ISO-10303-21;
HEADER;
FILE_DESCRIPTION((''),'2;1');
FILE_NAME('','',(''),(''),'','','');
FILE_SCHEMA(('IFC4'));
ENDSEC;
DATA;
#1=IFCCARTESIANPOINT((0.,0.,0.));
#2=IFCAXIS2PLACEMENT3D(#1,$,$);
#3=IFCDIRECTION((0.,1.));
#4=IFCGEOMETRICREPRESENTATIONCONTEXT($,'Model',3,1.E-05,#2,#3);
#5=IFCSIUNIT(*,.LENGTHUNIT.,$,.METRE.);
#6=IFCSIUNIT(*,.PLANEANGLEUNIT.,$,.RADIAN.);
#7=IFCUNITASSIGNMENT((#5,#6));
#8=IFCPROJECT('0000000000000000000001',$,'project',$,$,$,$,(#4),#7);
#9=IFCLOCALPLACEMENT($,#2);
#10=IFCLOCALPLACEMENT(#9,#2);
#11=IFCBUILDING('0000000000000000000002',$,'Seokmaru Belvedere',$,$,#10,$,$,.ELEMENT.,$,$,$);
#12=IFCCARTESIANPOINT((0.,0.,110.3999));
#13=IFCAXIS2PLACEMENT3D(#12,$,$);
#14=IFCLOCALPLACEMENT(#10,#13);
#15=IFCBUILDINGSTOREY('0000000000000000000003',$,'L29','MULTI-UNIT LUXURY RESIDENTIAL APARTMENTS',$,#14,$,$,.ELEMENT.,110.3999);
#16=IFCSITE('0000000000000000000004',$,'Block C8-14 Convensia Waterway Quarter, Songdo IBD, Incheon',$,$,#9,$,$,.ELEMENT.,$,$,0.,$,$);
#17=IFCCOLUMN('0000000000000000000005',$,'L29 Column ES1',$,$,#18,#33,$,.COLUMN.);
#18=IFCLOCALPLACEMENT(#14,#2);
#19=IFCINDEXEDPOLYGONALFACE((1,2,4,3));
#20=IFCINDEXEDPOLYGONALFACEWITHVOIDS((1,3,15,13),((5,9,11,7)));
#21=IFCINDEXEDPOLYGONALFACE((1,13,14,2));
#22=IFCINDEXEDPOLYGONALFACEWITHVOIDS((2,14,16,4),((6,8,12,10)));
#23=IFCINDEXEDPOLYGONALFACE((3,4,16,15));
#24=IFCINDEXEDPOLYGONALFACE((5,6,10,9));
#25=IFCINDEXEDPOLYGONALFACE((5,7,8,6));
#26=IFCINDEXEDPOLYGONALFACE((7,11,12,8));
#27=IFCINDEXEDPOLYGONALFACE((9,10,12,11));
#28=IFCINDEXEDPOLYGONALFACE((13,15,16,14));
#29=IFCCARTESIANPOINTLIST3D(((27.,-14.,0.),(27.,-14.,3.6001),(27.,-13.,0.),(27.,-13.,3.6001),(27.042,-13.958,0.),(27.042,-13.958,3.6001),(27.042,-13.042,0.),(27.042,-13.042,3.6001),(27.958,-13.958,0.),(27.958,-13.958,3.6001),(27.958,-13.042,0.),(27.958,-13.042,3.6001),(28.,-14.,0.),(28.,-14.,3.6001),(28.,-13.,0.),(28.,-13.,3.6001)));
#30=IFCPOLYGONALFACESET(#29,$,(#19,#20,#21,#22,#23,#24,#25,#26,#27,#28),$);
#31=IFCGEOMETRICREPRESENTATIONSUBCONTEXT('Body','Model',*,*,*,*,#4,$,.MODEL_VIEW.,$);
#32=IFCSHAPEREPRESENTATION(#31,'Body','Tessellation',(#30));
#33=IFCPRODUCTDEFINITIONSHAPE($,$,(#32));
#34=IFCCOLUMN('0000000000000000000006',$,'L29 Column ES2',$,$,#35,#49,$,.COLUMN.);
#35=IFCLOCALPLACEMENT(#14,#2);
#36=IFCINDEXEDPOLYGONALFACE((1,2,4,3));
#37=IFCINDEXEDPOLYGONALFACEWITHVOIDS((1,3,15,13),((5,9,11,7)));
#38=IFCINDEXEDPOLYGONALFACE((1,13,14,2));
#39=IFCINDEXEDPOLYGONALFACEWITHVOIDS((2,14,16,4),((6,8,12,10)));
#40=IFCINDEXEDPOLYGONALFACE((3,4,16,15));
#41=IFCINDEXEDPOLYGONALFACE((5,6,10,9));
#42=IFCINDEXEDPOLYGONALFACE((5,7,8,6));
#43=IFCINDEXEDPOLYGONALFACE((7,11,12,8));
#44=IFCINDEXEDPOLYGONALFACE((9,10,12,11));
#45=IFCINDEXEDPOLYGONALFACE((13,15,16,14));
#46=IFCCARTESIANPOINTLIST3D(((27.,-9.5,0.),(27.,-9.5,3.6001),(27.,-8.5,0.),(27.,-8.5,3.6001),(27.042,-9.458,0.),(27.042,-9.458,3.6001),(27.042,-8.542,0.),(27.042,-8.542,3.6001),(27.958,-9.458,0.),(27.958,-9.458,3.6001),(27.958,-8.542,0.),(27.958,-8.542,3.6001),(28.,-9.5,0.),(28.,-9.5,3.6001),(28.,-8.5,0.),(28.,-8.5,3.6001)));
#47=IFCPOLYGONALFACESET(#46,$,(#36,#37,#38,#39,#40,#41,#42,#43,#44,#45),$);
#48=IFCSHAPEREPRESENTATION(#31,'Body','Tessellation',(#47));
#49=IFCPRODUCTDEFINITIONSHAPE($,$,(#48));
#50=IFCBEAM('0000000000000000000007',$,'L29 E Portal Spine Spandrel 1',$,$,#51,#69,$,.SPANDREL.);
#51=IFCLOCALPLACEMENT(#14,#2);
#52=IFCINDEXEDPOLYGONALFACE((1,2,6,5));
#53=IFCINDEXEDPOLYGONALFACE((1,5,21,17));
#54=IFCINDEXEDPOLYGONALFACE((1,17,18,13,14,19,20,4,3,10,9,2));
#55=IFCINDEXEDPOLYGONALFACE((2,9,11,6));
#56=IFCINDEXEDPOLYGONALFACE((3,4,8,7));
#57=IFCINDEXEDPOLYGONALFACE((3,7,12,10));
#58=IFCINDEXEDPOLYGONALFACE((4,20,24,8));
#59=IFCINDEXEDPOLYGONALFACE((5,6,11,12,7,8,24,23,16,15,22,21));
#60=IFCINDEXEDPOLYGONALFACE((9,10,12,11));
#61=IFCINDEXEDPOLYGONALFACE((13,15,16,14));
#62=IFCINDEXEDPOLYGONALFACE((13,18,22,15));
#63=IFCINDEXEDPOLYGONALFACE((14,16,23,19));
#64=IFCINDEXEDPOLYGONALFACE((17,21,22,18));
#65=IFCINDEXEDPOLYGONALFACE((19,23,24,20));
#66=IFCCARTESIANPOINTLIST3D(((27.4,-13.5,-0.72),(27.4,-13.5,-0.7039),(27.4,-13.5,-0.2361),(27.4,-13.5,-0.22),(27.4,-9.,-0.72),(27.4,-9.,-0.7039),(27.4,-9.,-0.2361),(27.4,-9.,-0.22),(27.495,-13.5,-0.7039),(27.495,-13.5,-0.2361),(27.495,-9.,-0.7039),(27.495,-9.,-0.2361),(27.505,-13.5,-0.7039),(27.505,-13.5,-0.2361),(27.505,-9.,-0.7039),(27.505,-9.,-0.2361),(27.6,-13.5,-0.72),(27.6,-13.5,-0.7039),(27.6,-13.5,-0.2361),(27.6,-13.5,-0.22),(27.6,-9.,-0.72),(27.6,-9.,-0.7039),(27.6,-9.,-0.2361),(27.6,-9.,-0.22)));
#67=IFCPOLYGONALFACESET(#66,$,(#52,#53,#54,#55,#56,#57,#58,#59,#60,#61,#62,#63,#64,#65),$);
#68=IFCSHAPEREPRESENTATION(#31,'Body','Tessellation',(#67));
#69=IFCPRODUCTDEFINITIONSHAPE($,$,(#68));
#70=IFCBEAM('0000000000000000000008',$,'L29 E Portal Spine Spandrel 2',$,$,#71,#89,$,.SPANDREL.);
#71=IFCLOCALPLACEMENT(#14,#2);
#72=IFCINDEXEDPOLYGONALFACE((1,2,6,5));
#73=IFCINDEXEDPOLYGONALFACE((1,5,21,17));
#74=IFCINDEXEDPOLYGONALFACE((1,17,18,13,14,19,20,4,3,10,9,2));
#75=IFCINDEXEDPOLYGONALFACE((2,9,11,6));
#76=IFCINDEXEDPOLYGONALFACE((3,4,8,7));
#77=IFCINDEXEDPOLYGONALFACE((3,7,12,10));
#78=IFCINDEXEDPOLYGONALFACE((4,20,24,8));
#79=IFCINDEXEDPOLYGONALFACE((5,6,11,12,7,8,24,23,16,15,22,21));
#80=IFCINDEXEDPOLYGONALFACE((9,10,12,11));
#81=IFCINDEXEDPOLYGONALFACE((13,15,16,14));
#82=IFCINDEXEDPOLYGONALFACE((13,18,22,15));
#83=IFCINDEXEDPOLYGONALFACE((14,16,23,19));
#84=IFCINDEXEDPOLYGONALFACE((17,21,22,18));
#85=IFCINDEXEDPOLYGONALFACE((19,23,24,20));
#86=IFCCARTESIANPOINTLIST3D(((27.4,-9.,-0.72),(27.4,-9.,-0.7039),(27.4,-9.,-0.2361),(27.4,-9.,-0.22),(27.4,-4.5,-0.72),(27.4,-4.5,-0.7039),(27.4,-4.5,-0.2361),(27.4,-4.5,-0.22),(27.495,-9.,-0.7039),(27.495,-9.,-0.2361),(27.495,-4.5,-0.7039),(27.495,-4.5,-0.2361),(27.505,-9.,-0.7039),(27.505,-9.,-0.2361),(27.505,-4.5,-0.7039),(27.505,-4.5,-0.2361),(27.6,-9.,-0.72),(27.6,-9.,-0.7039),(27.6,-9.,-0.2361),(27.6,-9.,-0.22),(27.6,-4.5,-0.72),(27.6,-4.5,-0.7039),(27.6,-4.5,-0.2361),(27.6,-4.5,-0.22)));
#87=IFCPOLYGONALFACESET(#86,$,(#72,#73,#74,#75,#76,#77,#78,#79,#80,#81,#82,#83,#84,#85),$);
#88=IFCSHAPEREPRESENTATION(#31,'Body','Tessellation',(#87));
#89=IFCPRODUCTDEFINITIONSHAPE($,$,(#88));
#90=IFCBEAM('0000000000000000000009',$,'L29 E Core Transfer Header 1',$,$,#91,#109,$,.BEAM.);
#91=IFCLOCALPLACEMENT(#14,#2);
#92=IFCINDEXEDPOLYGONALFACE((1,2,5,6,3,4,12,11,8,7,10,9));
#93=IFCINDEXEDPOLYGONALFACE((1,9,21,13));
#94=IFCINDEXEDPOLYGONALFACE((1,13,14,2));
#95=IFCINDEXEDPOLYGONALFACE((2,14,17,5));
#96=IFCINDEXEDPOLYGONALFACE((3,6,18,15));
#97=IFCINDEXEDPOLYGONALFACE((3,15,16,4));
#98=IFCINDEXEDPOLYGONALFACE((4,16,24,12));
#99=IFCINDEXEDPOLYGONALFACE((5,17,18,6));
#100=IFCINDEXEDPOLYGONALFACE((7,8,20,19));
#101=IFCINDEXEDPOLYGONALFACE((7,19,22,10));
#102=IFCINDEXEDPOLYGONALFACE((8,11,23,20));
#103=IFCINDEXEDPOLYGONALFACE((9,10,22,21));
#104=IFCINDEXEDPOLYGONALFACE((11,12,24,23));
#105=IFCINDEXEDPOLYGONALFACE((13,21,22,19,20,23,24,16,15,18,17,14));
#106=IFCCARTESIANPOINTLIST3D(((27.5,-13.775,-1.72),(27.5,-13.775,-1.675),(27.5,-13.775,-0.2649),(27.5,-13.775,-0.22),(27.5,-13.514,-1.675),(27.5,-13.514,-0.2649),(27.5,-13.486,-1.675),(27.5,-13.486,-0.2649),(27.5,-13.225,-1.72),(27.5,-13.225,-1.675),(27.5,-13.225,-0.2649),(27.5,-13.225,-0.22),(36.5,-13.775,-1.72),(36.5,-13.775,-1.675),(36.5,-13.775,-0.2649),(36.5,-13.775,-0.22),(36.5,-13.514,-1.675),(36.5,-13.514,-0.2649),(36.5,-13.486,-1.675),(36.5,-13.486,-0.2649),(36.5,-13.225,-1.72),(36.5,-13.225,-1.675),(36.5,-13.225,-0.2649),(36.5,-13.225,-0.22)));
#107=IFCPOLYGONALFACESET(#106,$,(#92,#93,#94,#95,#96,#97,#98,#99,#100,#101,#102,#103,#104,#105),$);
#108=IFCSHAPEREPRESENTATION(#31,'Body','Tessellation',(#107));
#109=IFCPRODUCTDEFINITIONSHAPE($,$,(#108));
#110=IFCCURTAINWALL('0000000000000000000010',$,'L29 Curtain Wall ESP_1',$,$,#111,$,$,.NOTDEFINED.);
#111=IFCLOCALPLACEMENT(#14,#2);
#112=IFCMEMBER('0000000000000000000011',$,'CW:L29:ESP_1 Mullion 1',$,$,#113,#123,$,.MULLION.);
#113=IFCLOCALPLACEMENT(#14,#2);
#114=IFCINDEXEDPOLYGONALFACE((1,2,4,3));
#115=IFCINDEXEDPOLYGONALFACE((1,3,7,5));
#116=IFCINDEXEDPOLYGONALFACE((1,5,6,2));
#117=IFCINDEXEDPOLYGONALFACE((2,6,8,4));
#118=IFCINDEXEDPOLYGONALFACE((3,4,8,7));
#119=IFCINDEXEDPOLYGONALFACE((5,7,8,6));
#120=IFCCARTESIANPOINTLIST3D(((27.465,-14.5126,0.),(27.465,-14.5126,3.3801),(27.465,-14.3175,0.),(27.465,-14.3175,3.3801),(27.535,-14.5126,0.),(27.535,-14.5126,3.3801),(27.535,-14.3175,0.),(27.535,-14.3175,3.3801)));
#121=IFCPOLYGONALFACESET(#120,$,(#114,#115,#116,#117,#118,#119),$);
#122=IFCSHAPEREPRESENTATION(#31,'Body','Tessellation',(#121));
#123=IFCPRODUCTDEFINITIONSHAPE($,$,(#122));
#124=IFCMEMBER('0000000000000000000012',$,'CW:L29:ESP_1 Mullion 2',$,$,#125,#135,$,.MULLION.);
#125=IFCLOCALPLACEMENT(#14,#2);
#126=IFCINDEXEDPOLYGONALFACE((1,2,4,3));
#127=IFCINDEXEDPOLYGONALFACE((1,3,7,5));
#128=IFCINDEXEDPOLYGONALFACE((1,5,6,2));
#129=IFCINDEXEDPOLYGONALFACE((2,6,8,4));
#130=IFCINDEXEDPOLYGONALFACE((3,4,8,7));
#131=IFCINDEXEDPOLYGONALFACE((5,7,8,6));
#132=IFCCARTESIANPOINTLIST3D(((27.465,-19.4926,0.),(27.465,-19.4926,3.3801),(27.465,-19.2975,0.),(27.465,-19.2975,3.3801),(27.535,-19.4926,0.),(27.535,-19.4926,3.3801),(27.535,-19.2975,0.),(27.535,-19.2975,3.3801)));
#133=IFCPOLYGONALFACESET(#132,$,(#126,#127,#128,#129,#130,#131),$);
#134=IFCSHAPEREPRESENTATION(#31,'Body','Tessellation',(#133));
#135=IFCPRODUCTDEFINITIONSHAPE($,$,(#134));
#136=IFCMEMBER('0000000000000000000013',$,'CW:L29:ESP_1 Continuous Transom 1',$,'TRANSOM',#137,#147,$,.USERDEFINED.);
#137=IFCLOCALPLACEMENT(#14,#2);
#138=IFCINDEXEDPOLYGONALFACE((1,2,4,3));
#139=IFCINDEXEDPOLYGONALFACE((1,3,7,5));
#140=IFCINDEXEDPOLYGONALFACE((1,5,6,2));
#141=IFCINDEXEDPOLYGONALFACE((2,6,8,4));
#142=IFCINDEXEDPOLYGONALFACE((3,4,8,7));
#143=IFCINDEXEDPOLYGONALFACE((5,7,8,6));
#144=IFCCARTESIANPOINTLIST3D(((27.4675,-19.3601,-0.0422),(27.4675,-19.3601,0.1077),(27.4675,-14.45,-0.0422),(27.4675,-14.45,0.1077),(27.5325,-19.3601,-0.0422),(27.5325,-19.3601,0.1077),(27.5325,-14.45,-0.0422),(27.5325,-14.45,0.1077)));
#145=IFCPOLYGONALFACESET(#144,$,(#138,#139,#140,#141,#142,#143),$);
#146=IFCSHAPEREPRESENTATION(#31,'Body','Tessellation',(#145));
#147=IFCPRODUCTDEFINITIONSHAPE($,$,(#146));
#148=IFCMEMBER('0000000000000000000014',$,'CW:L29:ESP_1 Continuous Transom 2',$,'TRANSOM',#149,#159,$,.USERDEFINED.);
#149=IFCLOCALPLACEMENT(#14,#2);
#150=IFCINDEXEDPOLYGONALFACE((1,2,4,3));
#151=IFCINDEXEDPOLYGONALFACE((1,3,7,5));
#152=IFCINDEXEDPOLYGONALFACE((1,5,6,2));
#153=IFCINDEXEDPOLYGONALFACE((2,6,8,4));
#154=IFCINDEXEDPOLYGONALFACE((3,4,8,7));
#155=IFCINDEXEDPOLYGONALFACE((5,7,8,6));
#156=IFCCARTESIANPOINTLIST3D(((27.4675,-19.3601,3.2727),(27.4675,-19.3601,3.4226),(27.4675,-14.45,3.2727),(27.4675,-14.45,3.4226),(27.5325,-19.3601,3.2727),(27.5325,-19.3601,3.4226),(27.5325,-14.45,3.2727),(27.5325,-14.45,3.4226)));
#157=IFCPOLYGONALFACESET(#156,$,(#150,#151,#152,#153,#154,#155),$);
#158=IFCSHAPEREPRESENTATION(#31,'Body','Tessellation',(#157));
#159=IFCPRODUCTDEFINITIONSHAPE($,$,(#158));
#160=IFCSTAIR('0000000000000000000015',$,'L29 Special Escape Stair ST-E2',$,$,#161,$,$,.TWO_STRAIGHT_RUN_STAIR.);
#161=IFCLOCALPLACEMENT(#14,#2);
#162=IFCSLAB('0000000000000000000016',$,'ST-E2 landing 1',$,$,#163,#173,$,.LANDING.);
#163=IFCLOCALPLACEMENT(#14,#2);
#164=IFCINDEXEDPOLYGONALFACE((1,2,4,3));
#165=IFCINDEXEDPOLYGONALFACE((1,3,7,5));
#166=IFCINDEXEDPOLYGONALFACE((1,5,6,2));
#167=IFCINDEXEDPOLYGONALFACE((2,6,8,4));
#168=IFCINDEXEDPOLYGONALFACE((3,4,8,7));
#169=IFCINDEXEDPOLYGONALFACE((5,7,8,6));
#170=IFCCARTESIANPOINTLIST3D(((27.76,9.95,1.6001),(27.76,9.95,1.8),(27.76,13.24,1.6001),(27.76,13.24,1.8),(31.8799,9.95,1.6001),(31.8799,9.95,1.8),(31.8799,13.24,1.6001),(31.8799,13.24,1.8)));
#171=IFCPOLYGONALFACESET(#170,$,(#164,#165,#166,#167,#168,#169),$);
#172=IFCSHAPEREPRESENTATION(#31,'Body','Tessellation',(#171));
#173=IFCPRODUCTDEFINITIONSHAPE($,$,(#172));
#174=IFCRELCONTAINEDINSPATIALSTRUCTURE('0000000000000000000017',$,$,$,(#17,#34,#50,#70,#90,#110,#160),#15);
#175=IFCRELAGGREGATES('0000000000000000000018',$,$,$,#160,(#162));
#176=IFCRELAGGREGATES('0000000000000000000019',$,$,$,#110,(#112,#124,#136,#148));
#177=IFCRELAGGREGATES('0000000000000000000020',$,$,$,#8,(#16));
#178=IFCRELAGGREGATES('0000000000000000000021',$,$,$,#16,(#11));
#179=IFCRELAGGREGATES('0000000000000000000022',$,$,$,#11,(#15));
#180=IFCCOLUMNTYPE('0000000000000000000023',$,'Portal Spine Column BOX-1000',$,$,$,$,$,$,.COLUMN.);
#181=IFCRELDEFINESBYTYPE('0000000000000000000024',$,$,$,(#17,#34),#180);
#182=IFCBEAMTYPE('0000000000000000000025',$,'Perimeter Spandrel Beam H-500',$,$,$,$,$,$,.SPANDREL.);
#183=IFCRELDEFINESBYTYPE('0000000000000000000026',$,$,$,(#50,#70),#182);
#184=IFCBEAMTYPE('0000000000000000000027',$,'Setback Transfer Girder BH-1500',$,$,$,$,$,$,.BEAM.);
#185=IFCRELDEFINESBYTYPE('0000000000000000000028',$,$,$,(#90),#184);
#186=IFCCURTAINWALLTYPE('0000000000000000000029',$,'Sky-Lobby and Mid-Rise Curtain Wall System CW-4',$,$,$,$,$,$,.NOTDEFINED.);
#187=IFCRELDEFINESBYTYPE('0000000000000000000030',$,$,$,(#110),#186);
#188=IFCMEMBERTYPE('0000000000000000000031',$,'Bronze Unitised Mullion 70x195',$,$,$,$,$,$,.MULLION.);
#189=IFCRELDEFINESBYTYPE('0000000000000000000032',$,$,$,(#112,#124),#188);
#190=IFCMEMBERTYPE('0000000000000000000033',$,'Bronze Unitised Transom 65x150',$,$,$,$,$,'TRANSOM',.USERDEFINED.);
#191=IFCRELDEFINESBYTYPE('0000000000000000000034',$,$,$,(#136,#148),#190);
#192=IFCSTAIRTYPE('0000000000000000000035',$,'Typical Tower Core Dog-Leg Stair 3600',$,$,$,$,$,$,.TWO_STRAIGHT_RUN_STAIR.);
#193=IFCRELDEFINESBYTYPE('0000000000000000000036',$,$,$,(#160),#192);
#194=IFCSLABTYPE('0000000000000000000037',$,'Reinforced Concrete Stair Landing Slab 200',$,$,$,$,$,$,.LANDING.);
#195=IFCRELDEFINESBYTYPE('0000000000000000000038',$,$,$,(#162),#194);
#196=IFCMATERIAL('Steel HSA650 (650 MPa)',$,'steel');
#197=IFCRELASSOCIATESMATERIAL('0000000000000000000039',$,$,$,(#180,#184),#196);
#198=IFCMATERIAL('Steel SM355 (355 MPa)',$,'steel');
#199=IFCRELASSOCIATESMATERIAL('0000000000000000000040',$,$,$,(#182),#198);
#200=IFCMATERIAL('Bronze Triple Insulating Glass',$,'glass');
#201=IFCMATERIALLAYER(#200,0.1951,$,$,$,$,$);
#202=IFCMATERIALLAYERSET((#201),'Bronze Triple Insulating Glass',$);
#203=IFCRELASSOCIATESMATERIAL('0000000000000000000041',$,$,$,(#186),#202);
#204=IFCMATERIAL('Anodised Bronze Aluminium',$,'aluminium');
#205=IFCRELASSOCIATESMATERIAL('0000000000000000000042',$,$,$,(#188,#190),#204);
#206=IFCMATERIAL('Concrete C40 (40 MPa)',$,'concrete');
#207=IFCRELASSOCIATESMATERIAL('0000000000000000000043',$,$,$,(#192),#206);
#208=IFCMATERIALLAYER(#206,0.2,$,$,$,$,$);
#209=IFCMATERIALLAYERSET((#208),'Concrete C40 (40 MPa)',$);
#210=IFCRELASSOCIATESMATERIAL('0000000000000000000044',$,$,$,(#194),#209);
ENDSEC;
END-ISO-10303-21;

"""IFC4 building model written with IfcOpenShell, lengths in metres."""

from ifc_helpers import new_model, si_unit, direction, frame, origin, origin_2d, place, context, subcontext, project, spatial, polyline, rectangle, hollow_rectangle, i_section, outline, extrude, source, transform, mapped, material, layer, layer_set, material_profile, profile_set, type_object, type_shapes, element, aggregate, save


model = new_model("IFC4")

# Units and contexts
model_context = context("Model", 3, precision=1e-05, world=origin(), true_north=direction((0.0, 1.0)))
body_context = subcontext(model_context, "Body", "Model", "MODEL_VIEW")
ifc_project = project(units=[si_unit("LENGTHUNIT", "METRE"), si_unit("PLANEANGLEUNIT", "RADIAN")], contexts=[model_context])

# Site, building, storey
site_placement = place(None, origin())
site = spatial("IfcSite", under=ifc_project, at=site_placement, Name="Block C8-14 Convensia Waterway Quarter, Songdo IBD, Incheon", CompositionType="ELEMENT", RefElevation=0.0)
building_placement = place(site_placement, origin())
building = spatial("IfcBuilding", under=site, at=building_placement, Name="Seokmaru Belvedere", CompositionType="ELEMENT")
storey_placement = place(building_placement, frame((0.0, 0.0, 110.3999)))
storey = spatial("IfcBuildingStorey", under=building, at=storey_placement, Name="L29", Description="MULTI-UNIT LUXURY RESIDENTIAL APARTMENTS", CompositionType="ELEMENT", Elevation=110.3999)

# Columns
ifc_material_1 = material(Name="Steel HSA650 (650 MPa)", Category="steel")
ifc_material_profile_1 = material_profile(ifc_material_1, hollow_rectangle(XDim=1.0, YDim=1.0, WallThickness=0.042, at=origin_2d()), Name="BOX-1000x1000x42")
ifc_profile_set_1 = profile_set([ifc_material_profile_1], Name="Steel HSA650 (650 MPa)")
column_type = type_object("IfcColumnType", Name="Portal Spine Column BOX-1000", PredefinedType="COLUMN", material=ifc_profile_set_1)
shared_shape_1 = source(origin(), body_context, "Body", "SweptSolid", [
    extrude(hollow_rectangle(XDim=1.0, YDim=1.0, WallThickness=0.042, at=origin_2d()), origin(), (0.0, 0.0, 1.0), 3.6001),
])
type_shapes(column_type, [shared_shape_1])
for number, where, z_axis, x_axis, name in (
    (1, (27.5, -13.5, 0.0), (0.0, 0.0, 1.0), (1.0, 0.0, 0.0), "L29 Column ES1"),
    (2, (27.5, -9.0, 0.0), (0.0, 0.0, 1.0), (1.0, 0.0, 0.0), "L29 Column ES2"),
):
    element("IfcColumn", number, at=place(storey_placement, frame(where, z_axis=z_axis, x_axis=x_axis)), inside=storey, type_object=column_type, Name=name, PredefinedType="COLUMN", context=body_context, shape_type="MappedRepresentation", body=[
        mapped(shared_shape_1, transform((0.0, 0.0, 0.0), scale=1.0)),
    ])

# Beams
ifc_material_2 = material(Name="Steel SM355 (355 MPa)", Category="steel")
ifc_material_profile_2 = material_profile(ifc_material_2, i_section(OverallWidth=0.2, OverallDepth=0.5, WebThickness=0.01, FlangeThickness=0.0161, at=origin_2d()), Name="H-500x200x10x16")
ifc_profile_set_2 = profile_set([ifc_material_profile_2], Name="Steel SM355 (355 MPa)")
beam_type_1 = type_object("IfcBeamType", Name="Perimeter Spandrel Beam H-500", PredefinedType="SPANDREL", material=ifc_profile_set_2)
shared_shape_2 = source(origin(), body_context, "Body", "SweptSolid", [
    extrude(i_section(OverallWidth=0.2, OverallDepth=0.5, WebThickness=0.01, FlangeThickness=0.0161, at=origin_2d()), origin(), (0.0, 0.0, 1.0), 4.5),
])
type_shapes(beam_type_1, [shared_shape_2])
for number, where, z_axis, x_axis, name in (
    (3, (27.5, -13.5, -0.47), (0.0, 1.0, 0.0), (-1.0, 0.0, 0.0), "L29 E Portal Spine Spandrel 1"),
    (4, (27.5, -9.0, -0.47), (0.0, 1.0, 0.0), (-1.0, 0.0, 0.0), "L29 E Portal Spine Spandrel 2"),
):
    element("IfcBeam", number, at=place(storey_placement, frame(where, z_axis=z_axis, x_axis=x_axis)), inside=storey, type_object=beam_type_1, Name=name, PredefinedType="SPANDREL", context=body_context, shape_type="MappedRepresentation", body=[
        mapped(shared_shape_2, transform((0.0, 0.0, 0.0), scale=1.0)),
    ])
ifc_material_profile_3 = material_profile(ifc_material_1, i_section(OverallWidth=0.55, OverallDepth=1.5, WebThickness=0.0281, FlangeThickness=0.0449, at=origin_2d()), Name="BH-1500x550x28x45")
ifc_profile_set_3 = profile_set([ifc_material_profile_3], Name="Steel HSA650 (650 MPa)")
beam_type_2 = type_object("IfcBeamType", Name="Setback Transfer Girder BH-1500", PredefinedType="BEAM", material=ifc_profile_set_3)
shared_shape_3 = source(origin(), body_context, "Body", "SweptSolid", [
    extrude(i_section(OverallWidth=0.55, OverallDepth=1.5, WebThickness=0.0281, FlangeThickness=0.0449, at=origin_2d()), origin(), (0.0, 0.0, 1.0), 9.0),
])
type_shapes(beam_type_2, [shared_shape_3])
beam_placement = place(storey_placement, frame((27.5, -13.5, -0.97), z_axis=(1.0, 0.0, 0.0), x_axis=(0.0, 1.0, 0.0)))
element("IfcBeam", 5, at=beam_placement, inside=storey, type_object=beam_type_2, Name="L29 E Core Transfer Header 1", PredefinedType="BEAM", context=body_context, shape_type="MappedRepresentation", body=[
    mapped(shared_shape_3, transform((0.0, 0.0, 0.0), scale=1.0)),
])

# Curtain wall, members
ifc_material_3 = material(Name="Bronze Triple Insulating Glass", Category="glass")
ifc_layer_1 = layer(ifc_material_3, 0.1951)
ifc_layer_set_1 = layer_set([ifc_layer_1], Name="Bronze Triple Insulating Glass")
curtain_wall_type = type_object("IfcCurtainWallType", Name="Sky-Lobby and Mid-Rise Curtain Wall System CW-4", PredefinedType="NOTDEFINED", material=ifc_layer_set_1)
curtain_wall_placement = place(storey_placement, origin())
curtain_wall = element("IfcCurtainWall", 6, at=curtain_wall_placement, inside=storey, type_object=curtain_wall_type, Name="L29 Curtain Wall ESP_1", PredefinedType="NOTDEFINED")
ifc_material_4 = material(Name="Anodised Bronze Aluminium", Category="aluminium")
ifc_material_profile_4 = material_profile(ifc_material_4, rectangle(XDim=0.0701, YDim=0.1951, at=origin_2d()), Name="CW-M-70x195")
ifc_profile_set_4 = profile_set([ifc_material_profile_4], Name="Anodised Bronze Aluminium")
member_type_1 = type_object("IfcMemberType", Name="Bronze Unitised Mullion 70x195", PredefinedType="MULLION", material=ifc_profile_set_4)
shared_shape_4 = source(origin(), body_context, "Body", "SweptSolid", [
    extrude(rectangle(XDim=0.0701, YDim=0.1951, at=origin_2d()), origin(), (0.0, 0.0, 1.0), 3.3801),
])
type_shapes(member_type_1, [shared_shape_4])
member_1_placement = place(storey_placement, frame((27.5, -14.415, 0.0), z_axis=(0.0, 0.0, 1.0), x_axis=(1.0, 0.0, 0.0)))
member_1 = element("IfcMember", 7, at=member_1_placement, type_object=member_type_1, Name="CW:L29:ESP_1 Mullion 1", PredefinedType="MULLION", context=body_context, shape_type="MappedRepresentation", body=[
    mapped(shared_shape_4, transform((0.0, 0.0, 0.0), scale=1.0)),
])
member_2_placement = place(storey_placement, frame((27.5, -19.395, 0.0), z_axis=(0.0, 0.0, 1.0), x_axis=(1.0, 0.0, 0.0)))
member_2 = element("IfcMember", 8, at=member_2_placement, type_object=member_type_1, Name="CW:L29:ESP_1 Mullion 2", PredefinedType="MULLION", context=body_context, shape_type="MappedRepresentation", body=[
    mapped(shared_shape_4, transform((0.0, 0.0, 0.0), scale=1.0)),
])
ifc_material_profile_5 = material_profile(ifc_material_4, rectangle(XDim=0.0649, YDim=0.1499, at=origin_2d()), Name="CW-T-65x150")
ifc_profile_set_5 = profile_set([ifc_material_profile_5], Name="Anodised Bronze Aluminium")
member_type_2 = type_object("IfcMemberType", Name="Bronze Unitised Transom 65x150", ElementType="TRANSOM", PredefinedType="USERDEFINED", material=ifc_profile_set_5)
shared_shape_5 = source(origin(), body_context, "Body", "SweptSolid", [
    extrude(rectangle(XDim=0.0649, YDim=0.1499, at=origin_2d()), origin(), (0.0, 0.0, 1.0), 4.9102),
])
type_shapes(member_type_2, [shared_shape_5])
member_3_placement = place(storey_placement, frame((27.5, -14.45, 0.0327), z_axis=(0.0, -1.0, 0.0), x_axis=(1.0, 0.0, 0.0)))
member_3 = element("IfcMember", 9, at=member_3_placement, type_object=member_type_2, Name="CW:L29:ESP_1 Continuous Transom 1", ObjectType="TRANSOM", PredefinedType="USERDEFINED", context=body_context, shape_type="MappedRepresentation", body=[
    mapped(shared_shape_5, transform((0.0, 0.0, 0.0), scale=1.0)),
])
member_4_placement = place(storey_placement, frame((27.5, -14.45, 3.3477), z_axis=(0.0, -1.0, 0.0), x_axis=(1.0, 0.0, 0.0)))
member_4 = element("IfcMember", 10, at=member_4_placement, type_object=member_type_2, Name="CW:L29:ESP_1 Continuous Transom 2", ObjectType="TRANSOM", PredefinedType="USERDEFINED", context=body_context, shape_type="MappedRepresentation", body=[
    mapped(shared_shape_5, transform((0.0, 0.0, 0.0), scale=1.0)),
])

# Stair, slab
ifc_material_5 = material(Name="Concrete C40 (40 MPa)", Category="concrete")
stair_type = type_object("IfcStairType", Name="Typical Tower Core Dog-Leg Stair 3600", PredefinedType="TWO_STRAIGHT_RUN_STAIR", material=ifc_material_5)
stair_placement = place(storey_placement, origin())
stair = element("IfcStair", 11, at=stair_placement, inside=storey, type_object=stair_type, Name="L29 Special Escape Stair ST-E2", PredefinedType="TWO_STRAIGHT_RUN_STAIR")
ifc_layer_2 = layer(ifc_material_5, 0.2)
ifc_layer_set_2 = layer_set([ifc_layer_2], Name="Concrete C40 (40 MPa)")
slab_type = type_object("IfcSlabType", Name="Reinforced Concrete Stair Landing Slab 200", PredefinedType="LANDING", material=ifc_layer_set_2)
slab_placement = place(storey_placement, frame((0.0, 0.0, 1.6001)))
slab = element("IfcSlab", 12, at=slab_placement, type_object=slab_type, Name="ST-E2 landing 1", PredefinedType="LANDING", context=body_context, shape_type="SweptSolid", body=[
    extrude(outline(polyline([(27.76, 9.95), (31.8799, 9.95), (31.8799, 13.24), (27.76, 13.24), (27.76, 9.95)])), origin(), (0.0, 0.0, 1.0), 0.2),
])
aggregate(stair, [slab])

aggregate(curtain_wall, [member_1, member_2, member_3, member_4])

save(model, "model.ifc")
